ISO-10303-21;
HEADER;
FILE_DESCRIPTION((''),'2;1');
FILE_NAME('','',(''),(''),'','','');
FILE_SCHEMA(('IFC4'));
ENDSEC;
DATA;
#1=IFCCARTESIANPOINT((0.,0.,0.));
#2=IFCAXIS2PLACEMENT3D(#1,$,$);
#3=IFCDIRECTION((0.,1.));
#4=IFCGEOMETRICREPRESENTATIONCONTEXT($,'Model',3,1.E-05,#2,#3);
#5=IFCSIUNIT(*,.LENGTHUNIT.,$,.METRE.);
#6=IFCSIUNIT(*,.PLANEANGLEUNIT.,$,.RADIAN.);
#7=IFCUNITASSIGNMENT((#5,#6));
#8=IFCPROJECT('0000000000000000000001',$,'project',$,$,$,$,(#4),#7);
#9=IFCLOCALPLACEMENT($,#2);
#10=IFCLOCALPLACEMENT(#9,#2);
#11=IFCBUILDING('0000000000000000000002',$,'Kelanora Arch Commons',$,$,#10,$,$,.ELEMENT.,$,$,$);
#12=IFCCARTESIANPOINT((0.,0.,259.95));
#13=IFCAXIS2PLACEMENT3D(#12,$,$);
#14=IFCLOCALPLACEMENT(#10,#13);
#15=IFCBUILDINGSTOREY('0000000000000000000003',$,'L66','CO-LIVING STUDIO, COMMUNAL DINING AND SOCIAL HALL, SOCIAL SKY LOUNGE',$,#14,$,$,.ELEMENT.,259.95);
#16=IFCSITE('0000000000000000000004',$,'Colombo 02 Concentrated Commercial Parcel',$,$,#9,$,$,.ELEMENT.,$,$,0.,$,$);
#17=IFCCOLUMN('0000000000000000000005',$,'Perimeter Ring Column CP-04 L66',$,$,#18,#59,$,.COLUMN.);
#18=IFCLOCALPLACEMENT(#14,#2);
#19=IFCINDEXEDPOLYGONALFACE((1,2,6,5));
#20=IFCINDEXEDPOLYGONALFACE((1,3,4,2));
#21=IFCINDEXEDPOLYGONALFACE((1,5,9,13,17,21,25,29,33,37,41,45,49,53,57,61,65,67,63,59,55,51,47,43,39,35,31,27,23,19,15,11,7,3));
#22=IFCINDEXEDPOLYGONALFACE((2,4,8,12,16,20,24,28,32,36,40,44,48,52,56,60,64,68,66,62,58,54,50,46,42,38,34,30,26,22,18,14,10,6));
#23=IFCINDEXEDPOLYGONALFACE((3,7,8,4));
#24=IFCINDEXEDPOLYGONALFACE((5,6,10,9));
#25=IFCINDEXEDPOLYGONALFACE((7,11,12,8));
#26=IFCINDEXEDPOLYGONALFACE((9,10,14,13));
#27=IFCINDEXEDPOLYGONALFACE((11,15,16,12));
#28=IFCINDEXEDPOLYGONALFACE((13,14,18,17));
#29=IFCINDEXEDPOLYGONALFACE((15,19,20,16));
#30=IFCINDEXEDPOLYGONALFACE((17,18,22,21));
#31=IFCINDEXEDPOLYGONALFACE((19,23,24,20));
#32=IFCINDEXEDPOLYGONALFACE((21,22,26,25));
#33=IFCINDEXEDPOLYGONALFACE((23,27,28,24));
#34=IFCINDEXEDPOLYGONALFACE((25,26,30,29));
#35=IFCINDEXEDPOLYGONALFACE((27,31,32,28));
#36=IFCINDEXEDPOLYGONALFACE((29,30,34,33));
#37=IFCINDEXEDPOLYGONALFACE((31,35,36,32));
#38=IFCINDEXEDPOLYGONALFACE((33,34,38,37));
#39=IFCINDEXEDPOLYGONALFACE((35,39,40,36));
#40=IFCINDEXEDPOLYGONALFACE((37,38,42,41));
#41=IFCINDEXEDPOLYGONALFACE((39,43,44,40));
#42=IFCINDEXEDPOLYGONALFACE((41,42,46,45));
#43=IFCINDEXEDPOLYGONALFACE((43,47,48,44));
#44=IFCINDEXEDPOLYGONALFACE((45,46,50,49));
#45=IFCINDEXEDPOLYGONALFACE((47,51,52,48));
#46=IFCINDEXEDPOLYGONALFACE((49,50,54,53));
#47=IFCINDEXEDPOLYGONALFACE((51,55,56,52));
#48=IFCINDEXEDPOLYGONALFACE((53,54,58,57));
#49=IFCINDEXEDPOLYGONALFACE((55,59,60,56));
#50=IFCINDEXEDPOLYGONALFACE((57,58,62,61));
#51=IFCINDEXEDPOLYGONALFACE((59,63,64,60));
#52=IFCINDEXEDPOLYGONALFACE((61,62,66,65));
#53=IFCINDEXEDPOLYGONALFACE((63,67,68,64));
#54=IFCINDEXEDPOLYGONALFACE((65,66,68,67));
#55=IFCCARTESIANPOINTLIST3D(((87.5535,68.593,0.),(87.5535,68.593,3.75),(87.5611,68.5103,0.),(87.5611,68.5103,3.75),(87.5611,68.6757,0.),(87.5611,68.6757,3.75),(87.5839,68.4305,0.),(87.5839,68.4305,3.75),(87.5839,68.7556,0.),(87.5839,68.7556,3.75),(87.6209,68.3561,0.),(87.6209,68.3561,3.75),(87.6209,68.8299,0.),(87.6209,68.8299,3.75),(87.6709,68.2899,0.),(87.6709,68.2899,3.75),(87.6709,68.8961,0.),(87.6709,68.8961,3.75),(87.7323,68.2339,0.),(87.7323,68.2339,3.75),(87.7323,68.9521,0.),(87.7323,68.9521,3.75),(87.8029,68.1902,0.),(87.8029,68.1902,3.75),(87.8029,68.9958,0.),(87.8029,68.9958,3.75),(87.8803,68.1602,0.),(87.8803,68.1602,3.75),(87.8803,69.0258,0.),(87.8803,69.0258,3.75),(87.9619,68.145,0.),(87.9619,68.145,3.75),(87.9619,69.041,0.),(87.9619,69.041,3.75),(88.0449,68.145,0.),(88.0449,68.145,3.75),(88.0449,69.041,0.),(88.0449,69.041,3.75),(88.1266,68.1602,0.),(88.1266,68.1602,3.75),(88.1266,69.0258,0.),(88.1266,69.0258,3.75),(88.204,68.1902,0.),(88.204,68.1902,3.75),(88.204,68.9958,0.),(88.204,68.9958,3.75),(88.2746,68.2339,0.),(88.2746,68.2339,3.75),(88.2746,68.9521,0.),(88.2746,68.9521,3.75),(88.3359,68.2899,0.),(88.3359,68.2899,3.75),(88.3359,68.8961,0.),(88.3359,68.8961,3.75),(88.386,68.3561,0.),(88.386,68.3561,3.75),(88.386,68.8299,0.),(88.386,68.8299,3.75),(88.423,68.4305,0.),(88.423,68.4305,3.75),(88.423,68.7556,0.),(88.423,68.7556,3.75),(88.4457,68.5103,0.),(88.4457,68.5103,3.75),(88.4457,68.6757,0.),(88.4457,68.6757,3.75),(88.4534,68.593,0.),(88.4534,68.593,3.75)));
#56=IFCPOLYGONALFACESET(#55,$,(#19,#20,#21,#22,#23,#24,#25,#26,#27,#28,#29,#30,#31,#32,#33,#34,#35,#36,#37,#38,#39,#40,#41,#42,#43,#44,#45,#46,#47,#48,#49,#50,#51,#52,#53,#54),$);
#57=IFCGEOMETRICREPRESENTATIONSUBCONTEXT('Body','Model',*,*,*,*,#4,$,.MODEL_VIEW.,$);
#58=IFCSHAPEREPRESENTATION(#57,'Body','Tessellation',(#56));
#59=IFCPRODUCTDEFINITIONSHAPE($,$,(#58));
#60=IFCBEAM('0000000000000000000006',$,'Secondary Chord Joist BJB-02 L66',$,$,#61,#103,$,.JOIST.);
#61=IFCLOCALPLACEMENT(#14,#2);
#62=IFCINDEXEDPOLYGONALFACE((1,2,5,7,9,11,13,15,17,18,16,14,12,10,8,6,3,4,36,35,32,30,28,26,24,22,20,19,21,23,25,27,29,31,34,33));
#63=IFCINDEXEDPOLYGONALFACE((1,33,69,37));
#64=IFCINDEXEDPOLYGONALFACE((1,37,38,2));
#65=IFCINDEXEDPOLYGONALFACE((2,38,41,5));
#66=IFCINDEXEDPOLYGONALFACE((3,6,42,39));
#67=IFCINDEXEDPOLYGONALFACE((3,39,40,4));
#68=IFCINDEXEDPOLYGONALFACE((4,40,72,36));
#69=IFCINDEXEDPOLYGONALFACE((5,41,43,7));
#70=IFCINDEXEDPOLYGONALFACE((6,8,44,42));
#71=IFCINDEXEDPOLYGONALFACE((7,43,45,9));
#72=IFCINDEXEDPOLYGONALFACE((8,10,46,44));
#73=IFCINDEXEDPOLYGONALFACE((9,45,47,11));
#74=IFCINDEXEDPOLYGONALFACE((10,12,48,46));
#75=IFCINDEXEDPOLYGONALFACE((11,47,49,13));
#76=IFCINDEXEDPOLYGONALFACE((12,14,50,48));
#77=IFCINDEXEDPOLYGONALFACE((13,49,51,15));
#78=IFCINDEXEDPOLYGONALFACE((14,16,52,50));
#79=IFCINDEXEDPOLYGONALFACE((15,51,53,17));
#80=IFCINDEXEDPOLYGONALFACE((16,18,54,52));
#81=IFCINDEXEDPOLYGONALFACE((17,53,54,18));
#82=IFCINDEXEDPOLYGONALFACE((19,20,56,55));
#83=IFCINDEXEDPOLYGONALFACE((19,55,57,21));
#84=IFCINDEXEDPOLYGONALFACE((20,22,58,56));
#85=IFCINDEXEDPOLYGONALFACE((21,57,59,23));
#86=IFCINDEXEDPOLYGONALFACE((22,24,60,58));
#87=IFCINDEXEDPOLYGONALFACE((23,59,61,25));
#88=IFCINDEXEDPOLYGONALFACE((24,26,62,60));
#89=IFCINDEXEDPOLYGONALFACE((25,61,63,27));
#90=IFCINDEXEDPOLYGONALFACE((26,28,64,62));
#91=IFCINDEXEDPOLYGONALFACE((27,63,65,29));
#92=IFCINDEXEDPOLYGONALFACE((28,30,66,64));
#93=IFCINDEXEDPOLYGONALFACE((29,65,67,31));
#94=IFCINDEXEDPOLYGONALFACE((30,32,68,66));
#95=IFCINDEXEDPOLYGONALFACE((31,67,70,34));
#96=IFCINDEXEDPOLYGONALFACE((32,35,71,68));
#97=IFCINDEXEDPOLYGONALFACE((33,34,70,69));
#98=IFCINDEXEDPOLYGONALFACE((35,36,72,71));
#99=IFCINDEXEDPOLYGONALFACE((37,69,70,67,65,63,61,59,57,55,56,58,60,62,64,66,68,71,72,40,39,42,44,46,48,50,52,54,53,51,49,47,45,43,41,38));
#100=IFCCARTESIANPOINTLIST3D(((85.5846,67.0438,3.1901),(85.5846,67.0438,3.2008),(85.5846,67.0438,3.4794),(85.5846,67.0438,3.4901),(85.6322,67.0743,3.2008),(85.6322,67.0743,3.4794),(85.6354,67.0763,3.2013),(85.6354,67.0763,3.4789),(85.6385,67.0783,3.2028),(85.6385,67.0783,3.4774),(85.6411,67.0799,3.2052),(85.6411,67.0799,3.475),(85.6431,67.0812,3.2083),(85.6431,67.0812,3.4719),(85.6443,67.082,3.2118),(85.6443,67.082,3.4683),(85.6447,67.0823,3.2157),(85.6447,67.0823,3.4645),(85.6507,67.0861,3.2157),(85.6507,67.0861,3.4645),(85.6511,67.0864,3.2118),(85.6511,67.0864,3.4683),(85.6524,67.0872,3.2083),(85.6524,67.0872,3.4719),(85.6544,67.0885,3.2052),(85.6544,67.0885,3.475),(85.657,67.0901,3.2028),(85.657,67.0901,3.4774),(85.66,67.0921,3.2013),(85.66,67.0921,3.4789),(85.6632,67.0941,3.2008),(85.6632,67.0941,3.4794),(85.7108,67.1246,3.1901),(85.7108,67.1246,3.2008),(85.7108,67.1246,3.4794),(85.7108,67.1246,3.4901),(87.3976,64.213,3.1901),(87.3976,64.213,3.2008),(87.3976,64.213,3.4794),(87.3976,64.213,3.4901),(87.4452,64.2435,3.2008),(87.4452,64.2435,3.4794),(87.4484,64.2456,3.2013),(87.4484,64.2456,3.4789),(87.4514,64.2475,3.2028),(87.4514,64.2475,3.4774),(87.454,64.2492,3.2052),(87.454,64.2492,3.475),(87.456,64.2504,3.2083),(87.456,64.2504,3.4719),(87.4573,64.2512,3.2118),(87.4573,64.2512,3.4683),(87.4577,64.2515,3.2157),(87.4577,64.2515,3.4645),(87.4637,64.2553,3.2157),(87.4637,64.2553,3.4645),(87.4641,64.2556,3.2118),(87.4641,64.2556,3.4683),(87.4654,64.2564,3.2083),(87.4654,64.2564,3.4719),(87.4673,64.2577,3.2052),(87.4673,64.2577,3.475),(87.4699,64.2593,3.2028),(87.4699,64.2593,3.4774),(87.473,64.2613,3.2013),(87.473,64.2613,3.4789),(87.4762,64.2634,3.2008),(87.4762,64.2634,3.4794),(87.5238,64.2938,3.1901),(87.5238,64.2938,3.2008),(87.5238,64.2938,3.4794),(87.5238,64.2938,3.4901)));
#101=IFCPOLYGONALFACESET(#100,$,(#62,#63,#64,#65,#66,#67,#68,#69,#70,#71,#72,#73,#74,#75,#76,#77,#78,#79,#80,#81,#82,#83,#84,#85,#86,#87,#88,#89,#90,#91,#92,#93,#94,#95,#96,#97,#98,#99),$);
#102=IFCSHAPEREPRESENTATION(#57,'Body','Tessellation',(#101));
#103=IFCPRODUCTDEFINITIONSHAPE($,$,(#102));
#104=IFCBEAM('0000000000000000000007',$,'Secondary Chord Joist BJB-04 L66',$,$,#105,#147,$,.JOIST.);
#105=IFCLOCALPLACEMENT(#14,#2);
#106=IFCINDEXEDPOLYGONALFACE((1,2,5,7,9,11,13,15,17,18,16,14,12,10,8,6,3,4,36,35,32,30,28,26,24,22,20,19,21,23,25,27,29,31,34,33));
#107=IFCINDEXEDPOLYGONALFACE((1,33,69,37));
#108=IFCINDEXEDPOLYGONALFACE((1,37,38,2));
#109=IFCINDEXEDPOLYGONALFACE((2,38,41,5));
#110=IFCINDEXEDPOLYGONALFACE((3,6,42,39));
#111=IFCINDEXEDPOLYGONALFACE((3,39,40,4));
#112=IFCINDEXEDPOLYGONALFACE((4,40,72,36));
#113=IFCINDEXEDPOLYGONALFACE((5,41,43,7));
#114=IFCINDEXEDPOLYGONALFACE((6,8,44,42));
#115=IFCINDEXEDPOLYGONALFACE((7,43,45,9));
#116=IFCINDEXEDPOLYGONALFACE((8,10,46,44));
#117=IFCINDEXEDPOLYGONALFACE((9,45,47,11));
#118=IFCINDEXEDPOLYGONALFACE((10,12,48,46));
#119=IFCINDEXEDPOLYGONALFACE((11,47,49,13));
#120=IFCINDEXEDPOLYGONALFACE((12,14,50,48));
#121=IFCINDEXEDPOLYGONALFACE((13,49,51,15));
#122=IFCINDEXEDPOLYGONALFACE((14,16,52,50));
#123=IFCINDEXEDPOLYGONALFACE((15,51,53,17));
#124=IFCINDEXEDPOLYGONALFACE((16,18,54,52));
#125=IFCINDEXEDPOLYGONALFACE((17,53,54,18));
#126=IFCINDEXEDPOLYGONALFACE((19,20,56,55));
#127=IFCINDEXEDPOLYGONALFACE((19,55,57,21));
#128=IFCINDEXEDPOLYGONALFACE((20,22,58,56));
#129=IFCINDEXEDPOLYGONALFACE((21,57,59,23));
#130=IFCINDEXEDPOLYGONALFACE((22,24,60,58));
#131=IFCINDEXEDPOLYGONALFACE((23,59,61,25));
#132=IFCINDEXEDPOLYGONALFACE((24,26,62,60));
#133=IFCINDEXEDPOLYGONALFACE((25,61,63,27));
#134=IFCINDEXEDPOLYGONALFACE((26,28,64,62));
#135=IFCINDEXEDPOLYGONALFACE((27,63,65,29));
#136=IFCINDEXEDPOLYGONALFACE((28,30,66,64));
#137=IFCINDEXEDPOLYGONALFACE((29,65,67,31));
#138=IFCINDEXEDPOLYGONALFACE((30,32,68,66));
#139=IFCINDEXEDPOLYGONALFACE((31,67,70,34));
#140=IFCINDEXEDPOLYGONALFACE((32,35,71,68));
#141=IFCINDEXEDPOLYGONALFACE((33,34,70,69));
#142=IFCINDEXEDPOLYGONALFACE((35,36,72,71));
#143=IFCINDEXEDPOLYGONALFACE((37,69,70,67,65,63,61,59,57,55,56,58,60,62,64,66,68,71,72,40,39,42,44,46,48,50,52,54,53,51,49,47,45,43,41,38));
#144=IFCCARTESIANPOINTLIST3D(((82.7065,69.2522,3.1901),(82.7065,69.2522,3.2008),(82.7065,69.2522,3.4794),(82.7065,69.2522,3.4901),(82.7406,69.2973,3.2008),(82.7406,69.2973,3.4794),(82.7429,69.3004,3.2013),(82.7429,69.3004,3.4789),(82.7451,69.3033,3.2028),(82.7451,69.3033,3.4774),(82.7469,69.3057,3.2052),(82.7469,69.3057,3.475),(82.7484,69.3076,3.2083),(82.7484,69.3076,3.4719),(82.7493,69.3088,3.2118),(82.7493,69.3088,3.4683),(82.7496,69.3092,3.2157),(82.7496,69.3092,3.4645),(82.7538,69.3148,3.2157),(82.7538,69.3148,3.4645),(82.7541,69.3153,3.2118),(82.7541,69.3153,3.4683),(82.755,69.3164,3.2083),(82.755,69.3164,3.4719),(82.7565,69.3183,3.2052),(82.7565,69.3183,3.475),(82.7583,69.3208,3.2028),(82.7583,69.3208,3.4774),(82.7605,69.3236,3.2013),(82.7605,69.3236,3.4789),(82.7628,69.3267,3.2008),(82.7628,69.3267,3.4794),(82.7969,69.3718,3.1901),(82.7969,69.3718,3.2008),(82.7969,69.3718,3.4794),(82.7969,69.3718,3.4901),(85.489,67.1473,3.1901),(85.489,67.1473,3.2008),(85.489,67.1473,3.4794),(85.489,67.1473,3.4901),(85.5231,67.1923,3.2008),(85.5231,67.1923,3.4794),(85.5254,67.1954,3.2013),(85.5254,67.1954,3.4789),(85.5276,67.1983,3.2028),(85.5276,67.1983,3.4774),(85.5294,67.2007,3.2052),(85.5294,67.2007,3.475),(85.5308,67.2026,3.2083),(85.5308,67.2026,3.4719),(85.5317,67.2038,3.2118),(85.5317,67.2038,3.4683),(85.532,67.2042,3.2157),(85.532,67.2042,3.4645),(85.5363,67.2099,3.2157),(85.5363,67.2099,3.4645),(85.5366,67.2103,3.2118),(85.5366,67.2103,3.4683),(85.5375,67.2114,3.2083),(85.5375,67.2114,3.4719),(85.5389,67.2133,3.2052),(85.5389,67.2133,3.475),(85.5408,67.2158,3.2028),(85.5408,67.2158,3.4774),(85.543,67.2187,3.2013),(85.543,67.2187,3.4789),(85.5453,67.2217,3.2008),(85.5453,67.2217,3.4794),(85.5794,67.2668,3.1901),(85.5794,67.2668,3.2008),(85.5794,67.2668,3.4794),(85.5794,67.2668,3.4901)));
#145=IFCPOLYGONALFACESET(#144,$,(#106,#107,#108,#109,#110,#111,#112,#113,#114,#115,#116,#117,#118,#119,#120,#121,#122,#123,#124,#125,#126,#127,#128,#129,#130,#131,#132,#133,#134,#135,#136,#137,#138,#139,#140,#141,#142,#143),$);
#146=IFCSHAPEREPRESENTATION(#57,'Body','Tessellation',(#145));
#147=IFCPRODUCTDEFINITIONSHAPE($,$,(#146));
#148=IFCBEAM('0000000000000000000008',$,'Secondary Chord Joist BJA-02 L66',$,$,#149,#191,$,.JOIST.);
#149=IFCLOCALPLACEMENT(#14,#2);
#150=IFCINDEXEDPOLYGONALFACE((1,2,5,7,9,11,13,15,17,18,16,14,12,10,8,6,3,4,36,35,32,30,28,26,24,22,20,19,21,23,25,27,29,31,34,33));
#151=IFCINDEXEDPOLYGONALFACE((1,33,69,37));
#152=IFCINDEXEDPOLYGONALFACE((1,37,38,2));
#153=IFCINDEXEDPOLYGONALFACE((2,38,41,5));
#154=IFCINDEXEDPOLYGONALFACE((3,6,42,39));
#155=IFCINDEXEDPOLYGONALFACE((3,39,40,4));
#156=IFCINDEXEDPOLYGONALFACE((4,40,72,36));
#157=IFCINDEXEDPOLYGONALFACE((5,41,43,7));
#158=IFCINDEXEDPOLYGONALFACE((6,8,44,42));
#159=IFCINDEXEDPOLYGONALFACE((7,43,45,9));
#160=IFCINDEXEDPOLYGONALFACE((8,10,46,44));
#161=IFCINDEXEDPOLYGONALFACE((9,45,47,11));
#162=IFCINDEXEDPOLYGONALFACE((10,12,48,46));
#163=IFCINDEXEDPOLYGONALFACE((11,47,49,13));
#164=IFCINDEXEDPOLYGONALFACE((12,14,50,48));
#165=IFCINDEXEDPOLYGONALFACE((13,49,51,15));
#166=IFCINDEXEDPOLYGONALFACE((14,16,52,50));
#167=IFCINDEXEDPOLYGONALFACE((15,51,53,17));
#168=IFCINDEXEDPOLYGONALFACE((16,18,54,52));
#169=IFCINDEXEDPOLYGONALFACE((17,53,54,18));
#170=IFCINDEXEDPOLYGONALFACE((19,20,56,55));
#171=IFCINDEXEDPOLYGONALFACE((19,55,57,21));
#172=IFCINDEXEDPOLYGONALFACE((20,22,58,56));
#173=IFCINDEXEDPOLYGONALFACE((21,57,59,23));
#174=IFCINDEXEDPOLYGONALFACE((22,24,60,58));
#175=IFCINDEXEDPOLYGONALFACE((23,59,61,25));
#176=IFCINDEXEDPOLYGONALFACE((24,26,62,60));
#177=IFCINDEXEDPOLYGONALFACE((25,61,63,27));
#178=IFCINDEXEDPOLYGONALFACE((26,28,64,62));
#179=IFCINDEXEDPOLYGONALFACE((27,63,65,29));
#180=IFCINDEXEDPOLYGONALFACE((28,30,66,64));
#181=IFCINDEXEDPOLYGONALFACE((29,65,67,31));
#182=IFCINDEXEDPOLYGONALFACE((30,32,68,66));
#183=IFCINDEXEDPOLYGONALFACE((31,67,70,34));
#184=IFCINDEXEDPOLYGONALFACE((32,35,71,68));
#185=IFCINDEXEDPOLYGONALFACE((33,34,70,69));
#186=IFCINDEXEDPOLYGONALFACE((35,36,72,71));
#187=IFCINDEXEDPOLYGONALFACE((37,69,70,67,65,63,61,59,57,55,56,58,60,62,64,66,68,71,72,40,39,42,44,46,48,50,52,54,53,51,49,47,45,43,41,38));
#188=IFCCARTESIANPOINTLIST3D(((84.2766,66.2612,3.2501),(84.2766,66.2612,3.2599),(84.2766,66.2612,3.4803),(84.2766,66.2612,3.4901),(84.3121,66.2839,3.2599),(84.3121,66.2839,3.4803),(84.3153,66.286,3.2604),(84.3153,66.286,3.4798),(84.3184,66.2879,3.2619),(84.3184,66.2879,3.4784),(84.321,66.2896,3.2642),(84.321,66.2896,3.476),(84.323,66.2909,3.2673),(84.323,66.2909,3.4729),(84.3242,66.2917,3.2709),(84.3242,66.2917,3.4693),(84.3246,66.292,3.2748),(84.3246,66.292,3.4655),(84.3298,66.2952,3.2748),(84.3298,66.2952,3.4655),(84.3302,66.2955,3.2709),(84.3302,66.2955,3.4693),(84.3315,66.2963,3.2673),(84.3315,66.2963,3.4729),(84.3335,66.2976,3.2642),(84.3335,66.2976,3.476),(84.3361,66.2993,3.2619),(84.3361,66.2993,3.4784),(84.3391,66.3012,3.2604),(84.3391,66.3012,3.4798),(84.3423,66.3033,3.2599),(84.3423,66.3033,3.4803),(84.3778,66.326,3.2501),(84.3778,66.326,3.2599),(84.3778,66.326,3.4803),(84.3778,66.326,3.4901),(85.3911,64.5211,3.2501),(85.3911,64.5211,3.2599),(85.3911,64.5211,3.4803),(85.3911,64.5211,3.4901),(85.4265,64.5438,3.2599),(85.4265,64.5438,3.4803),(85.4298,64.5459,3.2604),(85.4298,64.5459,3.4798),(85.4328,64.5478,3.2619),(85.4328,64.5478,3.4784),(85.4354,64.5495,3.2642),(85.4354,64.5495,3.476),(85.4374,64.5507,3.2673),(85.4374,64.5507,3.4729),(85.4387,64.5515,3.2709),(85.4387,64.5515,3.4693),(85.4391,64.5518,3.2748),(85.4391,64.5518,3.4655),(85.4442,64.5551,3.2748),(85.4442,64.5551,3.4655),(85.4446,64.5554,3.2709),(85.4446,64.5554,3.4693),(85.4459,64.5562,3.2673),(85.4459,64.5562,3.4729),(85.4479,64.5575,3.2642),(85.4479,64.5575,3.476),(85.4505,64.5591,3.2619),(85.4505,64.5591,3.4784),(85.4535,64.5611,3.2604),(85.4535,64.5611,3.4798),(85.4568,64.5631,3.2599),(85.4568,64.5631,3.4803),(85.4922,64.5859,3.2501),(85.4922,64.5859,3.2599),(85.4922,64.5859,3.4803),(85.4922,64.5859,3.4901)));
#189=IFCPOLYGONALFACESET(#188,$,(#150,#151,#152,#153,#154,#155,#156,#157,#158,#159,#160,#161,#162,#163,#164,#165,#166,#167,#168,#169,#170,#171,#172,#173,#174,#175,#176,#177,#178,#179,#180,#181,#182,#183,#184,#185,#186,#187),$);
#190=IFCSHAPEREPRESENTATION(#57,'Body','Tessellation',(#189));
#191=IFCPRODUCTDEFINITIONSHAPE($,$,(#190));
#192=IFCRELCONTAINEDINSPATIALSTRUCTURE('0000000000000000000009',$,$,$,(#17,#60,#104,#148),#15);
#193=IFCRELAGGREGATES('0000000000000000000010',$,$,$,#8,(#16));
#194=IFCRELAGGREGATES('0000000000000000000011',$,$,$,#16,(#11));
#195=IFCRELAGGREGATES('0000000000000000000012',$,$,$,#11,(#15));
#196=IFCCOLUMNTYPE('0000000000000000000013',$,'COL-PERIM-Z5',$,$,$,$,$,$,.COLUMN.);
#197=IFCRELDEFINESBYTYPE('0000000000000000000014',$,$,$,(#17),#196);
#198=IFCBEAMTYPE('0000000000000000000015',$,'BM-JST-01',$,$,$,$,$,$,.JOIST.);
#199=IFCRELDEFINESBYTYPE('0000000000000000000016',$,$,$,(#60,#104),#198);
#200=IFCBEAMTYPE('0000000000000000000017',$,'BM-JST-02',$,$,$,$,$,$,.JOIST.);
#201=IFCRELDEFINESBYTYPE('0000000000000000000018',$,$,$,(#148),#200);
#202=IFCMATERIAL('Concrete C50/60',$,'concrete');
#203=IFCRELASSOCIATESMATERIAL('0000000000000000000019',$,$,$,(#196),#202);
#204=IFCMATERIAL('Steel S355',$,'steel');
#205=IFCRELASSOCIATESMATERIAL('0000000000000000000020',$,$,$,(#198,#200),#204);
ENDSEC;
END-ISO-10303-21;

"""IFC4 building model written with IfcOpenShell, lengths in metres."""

from ifc_helpers import new_model, si_unit, direction, frame, origin, origin_2d, place, context, subcontext, project, spatial, circle, i_section, extrude, material, material_profile, profile_set, type_object, element, save


model = new_model("IFC4")

# Units and contexts
model_context = context("Model", 3, precision=1e-05, world=origin(), true_north=direction((0.0, 1.0)))
body_context = subcontext(model_context, "Body", "Model", "MODEL_VIEW")
ifc_project = project(units=[si_unit("LENGTHUNIT", "METRE"), si_unit("PLANEANGLEUNIT", "RADIAN")], contexts=[model_context])

# Site, building, storey
site_placement = place(None, origin())
site = spatial("IfcSite", under=ifc_project, at=site_placement, Name="Colombo 02 Concentrated Commercial Parcel", CompositionType="ELEMENT", RefElevation=0.0)
building_placement = place(site_placement, origin())
building = spatial("IfcBuilding", under=site, at=building_placement, Name="Kelanora Arch Commons", CompositionType="ELEMENT")
storey_placement = place(building_placement, frame((0.0, 0.0, 259.95)))
storey = spatial("IfcBuildingStorey", under=building, at=storey_placement, Name="L66", Description="CO-LIVING STUDIO, COMMUNAL DINING AND SOCIAL HALL, SOCIAL SKY LOUNGE", CompositionType="ELEMENT", Elevation=259.95)

# Column
ifc_material_1 = material(Name="Concrete C50/60", Category="concrete")
ifc_material_profile_1 = material_profile(ifc_material_1, circle(Radius=0.45, at=origin_2d()), Name="RCC900")
ifc_profile_set_1 = profile_set([ifc_material_profile_1], Name="Concrete C50/60")
column_type = type_object("IfcColumnType", Name="COL-PERIM-Z5", PredefinedType="COLUMN", material=ifc_profile_set_1)
column_placement = place(storey_placement, frame((88.0034, 68.593, 0.0), z_axis=(0.0, 0.0, 1.0), x_axis=(1.0, 0.0, 0.0)))
element("IfcColumn", 1, at=column_placement, inside=storey, type_object=column_type, Name="Perimeter Ring Column CP-04 L66", PredefinedType="COLUMN", context=body_context, shape_type="SweptSolid", body=[
    extrude(circle(Radius=0.45, at=origin_2d()), origin(), (0.0, 0.0, 1.0), 3.75),
])

# Beams
ifc_material_2 = material(Name="Steel S355", Category="steel")
ifc_material_profile_2 = material_profile(ifc_material_2, i_section(OverallWidth=0.1499, OverallDepth=0.3, WebThickness=0.0071, FlangeThickness=0.0107, FilletRadius=0.0149, at=origin_2d()), Name="IPE300")
ifc_profile_set_2 = profile_set([ifc_material_profile_2], Name="Steel S355")
beam_type_1 = type_object("IfcBeamType", Name="BM-JST-01", PredefinedType="JOIST", material=ifc_profile_set_2)
beam_1_placement = place(storey_placement, frame((87.4607, 64.2534, 3.3401), z_axis=(-0.539322, 0.8421, 0.0), x_axis=(-0.8421, -0.539322, 0.0)))
element("IfcBeam", 2, at=beam_1_placement, inside=storey, type_object=beam_type_1, Name="Secondary Chord Joist BJB-02 L66", PredefinedType="JOIST", context=body_context, shape_type="SweptSolid", body=[
    extrude(i_section(OverallWidth=0.1499, OverallDepth=0.3, WebThickness=0.0071, FlangeThickness=0.0107, FilletRadius=0.0149, at=origin_2d()), origin(), (0.0, 0.0, 1.0), 3.3616),
])
beam_2_placement = place(storey_placement, frame((85.5342, 67.207, 3.3401), z_axis=(-0.797499, 0.60332, 0.0), x_axis=(-0.60332, -0.797499, 0.0)))
element("IfcBeam", 3, at=beam_2_placement, inside=storey, type_object=beam_type_1, Name="Secondary Chord Joist BJB-04 L66", PredefinedType="JOIST", context=body_context, shape_type="SweptSolid", body=[
    extrude(i_section(OverallWidth=0.1499, OverallDepth=0.3, WebThickness=0.0071, FlangeThickness=0.0107, FilletRadius=0.0149, at=origin_2d()), origin(), (0.0, 0.0, 1.0), 3.489),
])
ifc_material_profile_3 = material_profile(ifc_material_2, i_section(OverallWidth=0.1201, OverallDepth=0.24, WebThickness=0.0061, FlangeThickness=0.0098, FilletRadius=0.0149, at=origin_2d()), Name="IPE240")
ifc_profile_set_3 = profile_set([ifc_material_profile_3], Name="Steel S355")
beam_type_2 = type_object("IfcBeamType", Name="BM-JST-02", PredefinedType="JOIST", material=ifc_profile_set_3)
beam_3_placement = place(storey_placement, frame((85.4417, 64.5535, 3.3701), z_axis=(-0.539312, 0.842106, 0.0), x_axis=(-0.842106, -0.539312, 0.0)))
element("IfcBeam", 4, at=beam_3_placement, inside=storey, type_object=beam_type_2, Name="Secondary Chord Joist BJA-02 L66", PredefinedType="JOIST", context=body_context, shape_type="SweptSolid", body=[
    extrude(i_section(OverallWidth=0.1201, OverallDepth=0.24, WebThickness=0.0061, FlangeThickness=0.0098, FilletRadius=0.0149, at=origin_2d()), origin(), (0.0, 0.0, 1.0), 2.0664),
])

save(model, "model.ifc")
